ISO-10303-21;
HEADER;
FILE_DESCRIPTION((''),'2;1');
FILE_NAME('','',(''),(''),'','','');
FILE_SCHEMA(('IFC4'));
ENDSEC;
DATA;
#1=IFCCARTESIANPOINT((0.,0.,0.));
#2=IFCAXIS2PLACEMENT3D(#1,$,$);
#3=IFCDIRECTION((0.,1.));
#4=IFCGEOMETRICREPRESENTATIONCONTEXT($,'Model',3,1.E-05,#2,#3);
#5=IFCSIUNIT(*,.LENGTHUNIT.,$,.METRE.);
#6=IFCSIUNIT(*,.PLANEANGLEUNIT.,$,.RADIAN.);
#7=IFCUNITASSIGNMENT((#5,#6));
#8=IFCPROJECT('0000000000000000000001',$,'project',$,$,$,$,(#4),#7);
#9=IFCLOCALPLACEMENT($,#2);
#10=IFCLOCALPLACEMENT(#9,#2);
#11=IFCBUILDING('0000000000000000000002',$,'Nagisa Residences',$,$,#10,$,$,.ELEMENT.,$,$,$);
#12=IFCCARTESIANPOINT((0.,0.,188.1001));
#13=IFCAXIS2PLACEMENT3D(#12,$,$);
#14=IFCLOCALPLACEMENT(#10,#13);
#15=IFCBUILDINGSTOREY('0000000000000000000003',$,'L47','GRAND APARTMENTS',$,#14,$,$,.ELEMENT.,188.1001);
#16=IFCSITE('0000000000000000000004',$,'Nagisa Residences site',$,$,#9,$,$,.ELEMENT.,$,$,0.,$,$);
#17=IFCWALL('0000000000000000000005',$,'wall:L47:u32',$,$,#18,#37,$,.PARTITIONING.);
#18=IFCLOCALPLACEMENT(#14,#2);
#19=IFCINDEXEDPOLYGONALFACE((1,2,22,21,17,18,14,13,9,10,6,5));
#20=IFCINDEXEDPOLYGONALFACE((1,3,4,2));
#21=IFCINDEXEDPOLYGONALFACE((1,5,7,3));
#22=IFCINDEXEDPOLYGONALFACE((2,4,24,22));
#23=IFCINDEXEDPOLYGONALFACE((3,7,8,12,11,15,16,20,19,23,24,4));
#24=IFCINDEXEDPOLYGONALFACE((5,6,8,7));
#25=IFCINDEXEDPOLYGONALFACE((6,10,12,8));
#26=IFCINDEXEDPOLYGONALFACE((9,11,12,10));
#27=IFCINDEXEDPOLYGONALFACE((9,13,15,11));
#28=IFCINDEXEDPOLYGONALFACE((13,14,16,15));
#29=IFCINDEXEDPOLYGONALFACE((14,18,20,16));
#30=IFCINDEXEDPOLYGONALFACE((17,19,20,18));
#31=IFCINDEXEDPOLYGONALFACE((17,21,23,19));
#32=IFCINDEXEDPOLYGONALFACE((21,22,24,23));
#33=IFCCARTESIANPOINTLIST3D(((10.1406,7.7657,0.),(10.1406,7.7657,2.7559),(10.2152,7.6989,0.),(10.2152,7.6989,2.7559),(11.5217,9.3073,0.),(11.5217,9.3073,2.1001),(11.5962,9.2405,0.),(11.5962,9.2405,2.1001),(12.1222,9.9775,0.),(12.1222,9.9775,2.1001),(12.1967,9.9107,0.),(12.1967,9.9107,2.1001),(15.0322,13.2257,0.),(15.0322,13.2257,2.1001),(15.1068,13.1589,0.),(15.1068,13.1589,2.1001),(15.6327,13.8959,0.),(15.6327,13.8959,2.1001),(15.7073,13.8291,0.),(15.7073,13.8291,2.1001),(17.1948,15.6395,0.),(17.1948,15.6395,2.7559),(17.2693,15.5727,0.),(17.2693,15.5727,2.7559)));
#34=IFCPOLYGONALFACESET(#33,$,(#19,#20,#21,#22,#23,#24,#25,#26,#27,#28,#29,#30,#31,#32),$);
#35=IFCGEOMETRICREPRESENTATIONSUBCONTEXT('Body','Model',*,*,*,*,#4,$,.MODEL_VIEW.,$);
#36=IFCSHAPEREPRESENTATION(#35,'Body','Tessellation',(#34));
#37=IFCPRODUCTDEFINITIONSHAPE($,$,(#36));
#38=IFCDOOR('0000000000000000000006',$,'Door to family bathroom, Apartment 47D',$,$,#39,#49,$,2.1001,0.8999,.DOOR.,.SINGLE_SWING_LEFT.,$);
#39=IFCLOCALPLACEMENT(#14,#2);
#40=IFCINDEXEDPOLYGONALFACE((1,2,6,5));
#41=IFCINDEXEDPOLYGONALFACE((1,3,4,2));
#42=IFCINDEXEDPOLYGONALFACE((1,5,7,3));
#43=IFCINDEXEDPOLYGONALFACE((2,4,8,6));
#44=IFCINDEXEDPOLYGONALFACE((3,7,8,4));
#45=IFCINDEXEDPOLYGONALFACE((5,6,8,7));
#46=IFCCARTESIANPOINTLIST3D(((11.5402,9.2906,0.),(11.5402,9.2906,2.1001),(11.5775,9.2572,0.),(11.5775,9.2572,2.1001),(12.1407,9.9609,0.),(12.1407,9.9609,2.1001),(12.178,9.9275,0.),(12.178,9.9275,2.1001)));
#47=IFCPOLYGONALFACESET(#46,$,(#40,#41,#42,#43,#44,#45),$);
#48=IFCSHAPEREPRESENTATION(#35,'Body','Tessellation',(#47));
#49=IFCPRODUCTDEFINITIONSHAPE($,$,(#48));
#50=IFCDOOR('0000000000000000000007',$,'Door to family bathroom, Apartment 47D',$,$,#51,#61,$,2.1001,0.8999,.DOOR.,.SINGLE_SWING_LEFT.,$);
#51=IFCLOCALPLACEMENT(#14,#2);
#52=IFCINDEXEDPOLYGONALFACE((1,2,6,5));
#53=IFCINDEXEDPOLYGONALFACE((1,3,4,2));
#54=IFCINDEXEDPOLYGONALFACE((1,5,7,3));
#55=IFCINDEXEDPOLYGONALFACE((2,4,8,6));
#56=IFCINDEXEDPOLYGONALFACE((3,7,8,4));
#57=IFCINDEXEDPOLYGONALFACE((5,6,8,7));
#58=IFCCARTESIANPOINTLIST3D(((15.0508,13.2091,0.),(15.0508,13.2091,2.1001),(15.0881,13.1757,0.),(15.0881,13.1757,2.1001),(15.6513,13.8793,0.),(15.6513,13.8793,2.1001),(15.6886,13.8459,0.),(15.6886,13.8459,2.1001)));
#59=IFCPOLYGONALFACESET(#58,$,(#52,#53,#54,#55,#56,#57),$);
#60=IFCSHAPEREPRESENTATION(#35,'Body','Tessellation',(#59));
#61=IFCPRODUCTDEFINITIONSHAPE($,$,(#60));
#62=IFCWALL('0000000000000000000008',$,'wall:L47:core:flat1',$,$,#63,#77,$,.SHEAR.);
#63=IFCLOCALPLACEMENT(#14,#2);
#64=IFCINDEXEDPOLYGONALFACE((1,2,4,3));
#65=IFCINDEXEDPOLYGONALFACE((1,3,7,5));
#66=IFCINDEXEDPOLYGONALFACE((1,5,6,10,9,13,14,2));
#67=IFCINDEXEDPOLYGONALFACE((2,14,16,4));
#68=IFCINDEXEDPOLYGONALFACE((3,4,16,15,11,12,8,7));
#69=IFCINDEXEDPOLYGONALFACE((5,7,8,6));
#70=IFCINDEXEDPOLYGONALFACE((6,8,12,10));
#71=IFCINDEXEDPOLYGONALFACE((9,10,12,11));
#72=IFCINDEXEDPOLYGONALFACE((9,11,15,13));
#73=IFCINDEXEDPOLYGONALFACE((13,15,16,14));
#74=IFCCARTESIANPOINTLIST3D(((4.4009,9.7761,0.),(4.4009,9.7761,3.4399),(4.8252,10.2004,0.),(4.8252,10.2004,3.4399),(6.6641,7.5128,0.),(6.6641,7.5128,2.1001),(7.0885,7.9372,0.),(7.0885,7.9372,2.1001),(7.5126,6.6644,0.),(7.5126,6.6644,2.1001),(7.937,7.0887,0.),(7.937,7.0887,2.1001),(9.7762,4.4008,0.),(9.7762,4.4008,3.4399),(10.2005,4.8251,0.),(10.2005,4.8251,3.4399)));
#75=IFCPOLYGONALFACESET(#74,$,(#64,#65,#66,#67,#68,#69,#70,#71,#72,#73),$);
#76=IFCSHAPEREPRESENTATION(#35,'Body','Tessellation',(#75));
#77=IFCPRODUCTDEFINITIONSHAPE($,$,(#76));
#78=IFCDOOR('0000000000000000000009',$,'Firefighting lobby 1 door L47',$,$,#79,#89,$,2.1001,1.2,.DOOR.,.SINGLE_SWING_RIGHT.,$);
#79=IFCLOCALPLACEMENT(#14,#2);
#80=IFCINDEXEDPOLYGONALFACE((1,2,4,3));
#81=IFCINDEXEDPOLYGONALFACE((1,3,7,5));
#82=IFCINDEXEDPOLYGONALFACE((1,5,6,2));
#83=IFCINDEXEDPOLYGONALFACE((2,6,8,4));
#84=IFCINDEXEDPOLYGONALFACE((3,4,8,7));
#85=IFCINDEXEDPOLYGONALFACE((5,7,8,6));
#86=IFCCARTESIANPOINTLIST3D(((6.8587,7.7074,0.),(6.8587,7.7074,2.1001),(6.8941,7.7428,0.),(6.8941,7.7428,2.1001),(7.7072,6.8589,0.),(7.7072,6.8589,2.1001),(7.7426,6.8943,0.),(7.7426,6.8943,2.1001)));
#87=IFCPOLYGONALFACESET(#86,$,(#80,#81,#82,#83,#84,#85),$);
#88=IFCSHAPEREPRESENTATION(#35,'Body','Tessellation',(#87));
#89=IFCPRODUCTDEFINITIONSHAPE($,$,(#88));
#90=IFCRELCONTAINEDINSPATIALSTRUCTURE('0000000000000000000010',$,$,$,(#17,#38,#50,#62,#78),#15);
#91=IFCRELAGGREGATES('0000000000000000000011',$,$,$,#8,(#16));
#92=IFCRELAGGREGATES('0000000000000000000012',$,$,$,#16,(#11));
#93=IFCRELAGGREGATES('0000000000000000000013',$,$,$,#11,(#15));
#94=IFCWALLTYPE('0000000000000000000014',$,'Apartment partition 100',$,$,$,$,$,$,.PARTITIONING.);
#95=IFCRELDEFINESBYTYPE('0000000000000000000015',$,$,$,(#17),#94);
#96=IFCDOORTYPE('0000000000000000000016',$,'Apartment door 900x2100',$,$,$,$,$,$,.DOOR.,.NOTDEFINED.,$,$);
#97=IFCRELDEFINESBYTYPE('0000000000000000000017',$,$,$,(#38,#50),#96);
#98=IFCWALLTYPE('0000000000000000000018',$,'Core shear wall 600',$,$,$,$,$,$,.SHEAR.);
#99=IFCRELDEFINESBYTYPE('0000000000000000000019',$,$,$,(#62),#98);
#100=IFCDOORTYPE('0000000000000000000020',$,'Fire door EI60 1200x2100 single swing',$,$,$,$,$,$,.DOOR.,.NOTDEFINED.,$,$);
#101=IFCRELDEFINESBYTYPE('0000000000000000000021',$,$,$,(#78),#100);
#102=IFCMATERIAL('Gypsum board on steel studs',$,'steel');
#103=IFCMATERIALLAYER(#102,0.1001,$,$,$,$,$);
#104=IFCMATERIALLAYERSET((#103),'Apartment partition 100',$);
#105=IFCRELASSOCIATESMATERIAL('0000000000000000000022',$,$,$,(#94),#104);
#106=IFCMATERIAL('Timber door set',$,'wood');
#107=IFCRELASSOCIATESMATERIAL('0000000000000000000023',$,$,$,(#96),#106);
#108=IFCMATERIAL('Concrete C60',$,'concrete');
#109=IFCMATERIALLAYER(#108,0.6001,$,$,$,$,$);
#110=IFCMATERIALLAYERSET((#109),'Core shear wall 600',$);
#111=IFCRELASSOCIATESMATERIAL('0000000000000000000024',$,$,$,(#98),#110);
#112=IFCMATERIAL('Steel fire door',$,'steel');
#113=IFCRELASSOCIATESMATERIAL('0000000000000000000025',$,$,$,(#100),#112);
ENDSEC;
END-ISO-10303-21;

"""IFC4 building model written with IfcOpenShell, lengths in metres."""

from ifc_helpers import new_model, si_unit, direction, frame, frame_2d, origin, place, context, subcontext, project, spatial, rectangle, extrude, material, layer, layer_set, type_object, element, fill, save


model = new_model("IFC4")

# Units and contexts
model_context = context("Model", 3, precision=1e-05, world=origin(), true_north=direction((0.0, 1.0)))
body_context = subcontext(model_context, "Body", "Model", "MODEL_VIEW")
ifc_project = project(units=[si_unit("LENGTHUNIT", "METRE"), si_unit("PLANEANGLEUNIT", "RADIAN")], contexts=[model_context])

# Site, building, storey
site_placement = place(None, origin())
site = spatial("IfcSite", under=ifc_project, at=site_placement, Name="Nagisa Residences site", CompositionType="ELEMENT", RefElevation=0.0)
building_placement = place(site_placement, origin())
building = spatial("IfcBuilding", under=site, at=building_placement, Name="Nagisa Residences", CompositionType="ELEMENT")
storey_placement = place(building_placement, frame((0.0, 0.0, 188.1001)))
storey = spatial("IfcBuildingStorey", under=building, at=storey_placement, Name="L47", Description="GRAND APARTMENTS", CompositionType="ELEMENT", Elevation=188.1001)

# Shared definitions
ifc_material_1 = material(Name="Gypsum board on steel studs", Category="steel")
ifc_layer_1 = layer(ifc_material_1, 0.1001)
ifc_layer_set_1 = layer_set([ifc_layer_1], Name="Apartment partition 100")
wall_type_1 = type_object("IfcWallType", Name="Apartment partition 100", PredefinedType="PARTITIONING", material=ifc_layer_set_1)

# Shared definitions
ifc_material_2 = material(Name="Timber door set", Category="wood")
door_type_1 = type_object("IfcDoorType", Name="Apartment door 900x2100", OperationType="NOTDEFINED", PredefinedType="DOOR", material=ifc_material_2)

# Wall, openings, doors
wall_1_placement = place(storey_placement, frame((10.178, 7.7324, 0.0), z_axis=(0.0, 0.0, 1.0), x_axis=(0.66728, 0.744807, 0.0)))
wall_1 = element("IfcWall", 1, at=wall_1_placement, inside=storey, type_object=wall_type_1, Name="wall:L47:u32", PredefinedType="PARTITIONING", context=body_context, shape_type="SweptSolid", body=[
    extrude(rectangle(XDim=10.5715, YDim=0.1001, at=frame_2d((5.2856, 0.0))), origin(), (0.0, 0.0, 1.0), 2.7559),
])
opening_1_placement = place(wall_1_placement, frame((2.0696, 0.0, 0.0)))
opening_1 = element("IfcOpeningElement", 2, at=opening_1_placement, cuts=wall_1, PredefinedType="OPENING", context=body_context, shape_type="SweptSolid", body=[
    extrude(rectangle(XDim=0.8999, YDim=2.1001, at=frame_2d((0.45, 1.05))), frame((0.0, 0.0601, 0.0), z_axis=(0.0, -1.0, 0.0), x_axis=(1.0, 0.0, 0.0)), (0.0, 0.0, 1.0), 0.1201),
])
opening_2_placement = place(wall_1_placement, frame((7.3306, 0.0, 0.0)))
opening_2 = element("IfcOpeningElement", 3, at=opening_2_placement, cuts=wall_1, PredefinedType="OPENING", context=body_context, shape_type="SweptSolid", body=[
    extrude(rectangle(XDim=0.8999, YDim=2.1001, at=frame_2d((0.45, 1.05))), frame((0.0, 0.0601, 0.0), z_axis=(0.0, -1.0, 0.0), x_axis=(1.0, 0.0, 0.0)), (0.0, 0.0, 1.0), 0.1201),
])
door_1_placement = place(opening_1_placement, frame((0.8999, 0.0, 0.0), x_axis=(-1.0, 0.0, 0.0)))
door_1 = element("IfcDoor", 4, at=door_1_placement, inside=storey, type_object=door_type_1, Name="Door to family bathroom, Apartment 47D", OperationType="SINGLE_SWING_LEFT", OverallHeight=2.1001, OverallWidth=0.8999, PredefinedType="DOOR", context=body_context, shape_type="SweptSolid", body=[
    extrude(rectangle(XDim=0.8999, YDim=2.1001, at=frame_2d((0.45, 1.05))), frame((0.0, 0.0249, 0.0), z_axis=(0.0, -1.0, 0.0), x_axis=(1.0, 0.0, 0.0)), (0.0, 0.0, 1.0), 0.05),
])
fill(opening_1, door_1)
door_2_placement = place(opening_2_placement, frame((0.8999, 0.0, 0.0), x_axis=(-1.0, 0.0, 0.0)))
door_2 = element("IfcDoor", 5, at=door_2_placement, inside=storey, type_object=door_type_1, Name="Door to family bathroom, Apartment 47D", OperationType="SINGLE_SWING_LEFT", OverallHeight=2.1001, OverallWidth=0.8999, PredefinedType="DOOR", context=body_context, shape_type="SweptSolid", body=[
    extrude(rectangle(XDim=0.8999, YDim=2.1001, at=frame_2d((0.45, 1.05))), frame((0.0, 0.0249, 0.0), z_axis=(0.0, -1.0, 0.0), x_axis=(1.0, 0.0, 0.0)), (0.0, 0.0, 1.0), 0.05),
])
fill(opening_2, door_2)

# Wall, opening, door
ifc_material_3 = material(Name="Concrete C60", Category="concrete")
ifc_layer_2 = layer(ifc_material_3, 0.6001)
ifc_layer_set_2 = layer_set([ifc_layer_2], Name="Core shear wall 600")
wall_type_2 = type_object("IfcWallType", Name="Core shear wall 600", PredefinedType="SHEAR", material=ifc_layer_set_2)
wall_2_placement = place(storey_placement, frame((9.9883, 4.613, 0.0), z_axis=(0.0, 0.0, 1.0), x_axis=(-0.707107, 0.707107, 0.0)))
wall_2 = element("IfcWall", 6, at=wall_2_placement, inside=storey, type_object=wall_type_2, Name="wall:L47:core:flat1", PredefinedType="SHEAR", context=body_context, shape_type="SweptSolid", body=[
    extrude(rectangle(XDim=7.6018, YDim=0.6001, at=frame_2d((3.8008, 0.0))), origin(), (0.0, 0.0, 1.0), 3.4399),
])
opening_3_placement = place(wall_2_placement, frame((3.2009, 0.0, 0.0)))
opening_3 = element("IfcOpeningElement", 7, at=opening_3_placement, cuts=wall_2, PredefinedType="OPENING", context=body_context, shape_type="SweptSolid", body=[
    extrude(rectangle(XDim=1.2, YDim=2.1001, at=frame_2d((0.6001, 1.05))), frame((0.0, 0.3101, 0.0), z_axis=(0.0, -1.0, 0.0), x_axis=(1.0, 0.0, 0.0)), (0.0, 0.0, 1.0), 0.6201),
])
ifc_material_4 = material(Name="Steel fire door", Category="steel")
door_type_2 = type_object("IfcDoorType", Name="Fire door EI60 1200x2100 single swing", OperationType="NOTDEFINED", PredefinedType="DOOR", material=ifc_material_4)
door_3_placement = place(opening_3_placement, origin())
door_3 = element("IfcDoor", 8, at=door_3_placement, inside=storey, type_object=door_type_2, Name="Firefighting lobby 1 door L47", OperationType="SINGLE_SWING_RIGHT", OverallHeight=2.1001, OverallWidth=1.2, PredefinedType="DOOR", context=body_context, shape_type="SweptSolid", body=[
    extrude(rectangle(XDim=1.2, YDim=2.1001, at=frame_2d((0.6001, 1.05))), frame((0.0, 0.0249, 0.0), z_axis=(0.0, -1.0, 0.0), x_axis=(1.0, 0.0, 0.0)), (0.0, 0.0, 1.0), 0.05),
])
fill(opening_3, door_3)

save(model, "model.ifc")
